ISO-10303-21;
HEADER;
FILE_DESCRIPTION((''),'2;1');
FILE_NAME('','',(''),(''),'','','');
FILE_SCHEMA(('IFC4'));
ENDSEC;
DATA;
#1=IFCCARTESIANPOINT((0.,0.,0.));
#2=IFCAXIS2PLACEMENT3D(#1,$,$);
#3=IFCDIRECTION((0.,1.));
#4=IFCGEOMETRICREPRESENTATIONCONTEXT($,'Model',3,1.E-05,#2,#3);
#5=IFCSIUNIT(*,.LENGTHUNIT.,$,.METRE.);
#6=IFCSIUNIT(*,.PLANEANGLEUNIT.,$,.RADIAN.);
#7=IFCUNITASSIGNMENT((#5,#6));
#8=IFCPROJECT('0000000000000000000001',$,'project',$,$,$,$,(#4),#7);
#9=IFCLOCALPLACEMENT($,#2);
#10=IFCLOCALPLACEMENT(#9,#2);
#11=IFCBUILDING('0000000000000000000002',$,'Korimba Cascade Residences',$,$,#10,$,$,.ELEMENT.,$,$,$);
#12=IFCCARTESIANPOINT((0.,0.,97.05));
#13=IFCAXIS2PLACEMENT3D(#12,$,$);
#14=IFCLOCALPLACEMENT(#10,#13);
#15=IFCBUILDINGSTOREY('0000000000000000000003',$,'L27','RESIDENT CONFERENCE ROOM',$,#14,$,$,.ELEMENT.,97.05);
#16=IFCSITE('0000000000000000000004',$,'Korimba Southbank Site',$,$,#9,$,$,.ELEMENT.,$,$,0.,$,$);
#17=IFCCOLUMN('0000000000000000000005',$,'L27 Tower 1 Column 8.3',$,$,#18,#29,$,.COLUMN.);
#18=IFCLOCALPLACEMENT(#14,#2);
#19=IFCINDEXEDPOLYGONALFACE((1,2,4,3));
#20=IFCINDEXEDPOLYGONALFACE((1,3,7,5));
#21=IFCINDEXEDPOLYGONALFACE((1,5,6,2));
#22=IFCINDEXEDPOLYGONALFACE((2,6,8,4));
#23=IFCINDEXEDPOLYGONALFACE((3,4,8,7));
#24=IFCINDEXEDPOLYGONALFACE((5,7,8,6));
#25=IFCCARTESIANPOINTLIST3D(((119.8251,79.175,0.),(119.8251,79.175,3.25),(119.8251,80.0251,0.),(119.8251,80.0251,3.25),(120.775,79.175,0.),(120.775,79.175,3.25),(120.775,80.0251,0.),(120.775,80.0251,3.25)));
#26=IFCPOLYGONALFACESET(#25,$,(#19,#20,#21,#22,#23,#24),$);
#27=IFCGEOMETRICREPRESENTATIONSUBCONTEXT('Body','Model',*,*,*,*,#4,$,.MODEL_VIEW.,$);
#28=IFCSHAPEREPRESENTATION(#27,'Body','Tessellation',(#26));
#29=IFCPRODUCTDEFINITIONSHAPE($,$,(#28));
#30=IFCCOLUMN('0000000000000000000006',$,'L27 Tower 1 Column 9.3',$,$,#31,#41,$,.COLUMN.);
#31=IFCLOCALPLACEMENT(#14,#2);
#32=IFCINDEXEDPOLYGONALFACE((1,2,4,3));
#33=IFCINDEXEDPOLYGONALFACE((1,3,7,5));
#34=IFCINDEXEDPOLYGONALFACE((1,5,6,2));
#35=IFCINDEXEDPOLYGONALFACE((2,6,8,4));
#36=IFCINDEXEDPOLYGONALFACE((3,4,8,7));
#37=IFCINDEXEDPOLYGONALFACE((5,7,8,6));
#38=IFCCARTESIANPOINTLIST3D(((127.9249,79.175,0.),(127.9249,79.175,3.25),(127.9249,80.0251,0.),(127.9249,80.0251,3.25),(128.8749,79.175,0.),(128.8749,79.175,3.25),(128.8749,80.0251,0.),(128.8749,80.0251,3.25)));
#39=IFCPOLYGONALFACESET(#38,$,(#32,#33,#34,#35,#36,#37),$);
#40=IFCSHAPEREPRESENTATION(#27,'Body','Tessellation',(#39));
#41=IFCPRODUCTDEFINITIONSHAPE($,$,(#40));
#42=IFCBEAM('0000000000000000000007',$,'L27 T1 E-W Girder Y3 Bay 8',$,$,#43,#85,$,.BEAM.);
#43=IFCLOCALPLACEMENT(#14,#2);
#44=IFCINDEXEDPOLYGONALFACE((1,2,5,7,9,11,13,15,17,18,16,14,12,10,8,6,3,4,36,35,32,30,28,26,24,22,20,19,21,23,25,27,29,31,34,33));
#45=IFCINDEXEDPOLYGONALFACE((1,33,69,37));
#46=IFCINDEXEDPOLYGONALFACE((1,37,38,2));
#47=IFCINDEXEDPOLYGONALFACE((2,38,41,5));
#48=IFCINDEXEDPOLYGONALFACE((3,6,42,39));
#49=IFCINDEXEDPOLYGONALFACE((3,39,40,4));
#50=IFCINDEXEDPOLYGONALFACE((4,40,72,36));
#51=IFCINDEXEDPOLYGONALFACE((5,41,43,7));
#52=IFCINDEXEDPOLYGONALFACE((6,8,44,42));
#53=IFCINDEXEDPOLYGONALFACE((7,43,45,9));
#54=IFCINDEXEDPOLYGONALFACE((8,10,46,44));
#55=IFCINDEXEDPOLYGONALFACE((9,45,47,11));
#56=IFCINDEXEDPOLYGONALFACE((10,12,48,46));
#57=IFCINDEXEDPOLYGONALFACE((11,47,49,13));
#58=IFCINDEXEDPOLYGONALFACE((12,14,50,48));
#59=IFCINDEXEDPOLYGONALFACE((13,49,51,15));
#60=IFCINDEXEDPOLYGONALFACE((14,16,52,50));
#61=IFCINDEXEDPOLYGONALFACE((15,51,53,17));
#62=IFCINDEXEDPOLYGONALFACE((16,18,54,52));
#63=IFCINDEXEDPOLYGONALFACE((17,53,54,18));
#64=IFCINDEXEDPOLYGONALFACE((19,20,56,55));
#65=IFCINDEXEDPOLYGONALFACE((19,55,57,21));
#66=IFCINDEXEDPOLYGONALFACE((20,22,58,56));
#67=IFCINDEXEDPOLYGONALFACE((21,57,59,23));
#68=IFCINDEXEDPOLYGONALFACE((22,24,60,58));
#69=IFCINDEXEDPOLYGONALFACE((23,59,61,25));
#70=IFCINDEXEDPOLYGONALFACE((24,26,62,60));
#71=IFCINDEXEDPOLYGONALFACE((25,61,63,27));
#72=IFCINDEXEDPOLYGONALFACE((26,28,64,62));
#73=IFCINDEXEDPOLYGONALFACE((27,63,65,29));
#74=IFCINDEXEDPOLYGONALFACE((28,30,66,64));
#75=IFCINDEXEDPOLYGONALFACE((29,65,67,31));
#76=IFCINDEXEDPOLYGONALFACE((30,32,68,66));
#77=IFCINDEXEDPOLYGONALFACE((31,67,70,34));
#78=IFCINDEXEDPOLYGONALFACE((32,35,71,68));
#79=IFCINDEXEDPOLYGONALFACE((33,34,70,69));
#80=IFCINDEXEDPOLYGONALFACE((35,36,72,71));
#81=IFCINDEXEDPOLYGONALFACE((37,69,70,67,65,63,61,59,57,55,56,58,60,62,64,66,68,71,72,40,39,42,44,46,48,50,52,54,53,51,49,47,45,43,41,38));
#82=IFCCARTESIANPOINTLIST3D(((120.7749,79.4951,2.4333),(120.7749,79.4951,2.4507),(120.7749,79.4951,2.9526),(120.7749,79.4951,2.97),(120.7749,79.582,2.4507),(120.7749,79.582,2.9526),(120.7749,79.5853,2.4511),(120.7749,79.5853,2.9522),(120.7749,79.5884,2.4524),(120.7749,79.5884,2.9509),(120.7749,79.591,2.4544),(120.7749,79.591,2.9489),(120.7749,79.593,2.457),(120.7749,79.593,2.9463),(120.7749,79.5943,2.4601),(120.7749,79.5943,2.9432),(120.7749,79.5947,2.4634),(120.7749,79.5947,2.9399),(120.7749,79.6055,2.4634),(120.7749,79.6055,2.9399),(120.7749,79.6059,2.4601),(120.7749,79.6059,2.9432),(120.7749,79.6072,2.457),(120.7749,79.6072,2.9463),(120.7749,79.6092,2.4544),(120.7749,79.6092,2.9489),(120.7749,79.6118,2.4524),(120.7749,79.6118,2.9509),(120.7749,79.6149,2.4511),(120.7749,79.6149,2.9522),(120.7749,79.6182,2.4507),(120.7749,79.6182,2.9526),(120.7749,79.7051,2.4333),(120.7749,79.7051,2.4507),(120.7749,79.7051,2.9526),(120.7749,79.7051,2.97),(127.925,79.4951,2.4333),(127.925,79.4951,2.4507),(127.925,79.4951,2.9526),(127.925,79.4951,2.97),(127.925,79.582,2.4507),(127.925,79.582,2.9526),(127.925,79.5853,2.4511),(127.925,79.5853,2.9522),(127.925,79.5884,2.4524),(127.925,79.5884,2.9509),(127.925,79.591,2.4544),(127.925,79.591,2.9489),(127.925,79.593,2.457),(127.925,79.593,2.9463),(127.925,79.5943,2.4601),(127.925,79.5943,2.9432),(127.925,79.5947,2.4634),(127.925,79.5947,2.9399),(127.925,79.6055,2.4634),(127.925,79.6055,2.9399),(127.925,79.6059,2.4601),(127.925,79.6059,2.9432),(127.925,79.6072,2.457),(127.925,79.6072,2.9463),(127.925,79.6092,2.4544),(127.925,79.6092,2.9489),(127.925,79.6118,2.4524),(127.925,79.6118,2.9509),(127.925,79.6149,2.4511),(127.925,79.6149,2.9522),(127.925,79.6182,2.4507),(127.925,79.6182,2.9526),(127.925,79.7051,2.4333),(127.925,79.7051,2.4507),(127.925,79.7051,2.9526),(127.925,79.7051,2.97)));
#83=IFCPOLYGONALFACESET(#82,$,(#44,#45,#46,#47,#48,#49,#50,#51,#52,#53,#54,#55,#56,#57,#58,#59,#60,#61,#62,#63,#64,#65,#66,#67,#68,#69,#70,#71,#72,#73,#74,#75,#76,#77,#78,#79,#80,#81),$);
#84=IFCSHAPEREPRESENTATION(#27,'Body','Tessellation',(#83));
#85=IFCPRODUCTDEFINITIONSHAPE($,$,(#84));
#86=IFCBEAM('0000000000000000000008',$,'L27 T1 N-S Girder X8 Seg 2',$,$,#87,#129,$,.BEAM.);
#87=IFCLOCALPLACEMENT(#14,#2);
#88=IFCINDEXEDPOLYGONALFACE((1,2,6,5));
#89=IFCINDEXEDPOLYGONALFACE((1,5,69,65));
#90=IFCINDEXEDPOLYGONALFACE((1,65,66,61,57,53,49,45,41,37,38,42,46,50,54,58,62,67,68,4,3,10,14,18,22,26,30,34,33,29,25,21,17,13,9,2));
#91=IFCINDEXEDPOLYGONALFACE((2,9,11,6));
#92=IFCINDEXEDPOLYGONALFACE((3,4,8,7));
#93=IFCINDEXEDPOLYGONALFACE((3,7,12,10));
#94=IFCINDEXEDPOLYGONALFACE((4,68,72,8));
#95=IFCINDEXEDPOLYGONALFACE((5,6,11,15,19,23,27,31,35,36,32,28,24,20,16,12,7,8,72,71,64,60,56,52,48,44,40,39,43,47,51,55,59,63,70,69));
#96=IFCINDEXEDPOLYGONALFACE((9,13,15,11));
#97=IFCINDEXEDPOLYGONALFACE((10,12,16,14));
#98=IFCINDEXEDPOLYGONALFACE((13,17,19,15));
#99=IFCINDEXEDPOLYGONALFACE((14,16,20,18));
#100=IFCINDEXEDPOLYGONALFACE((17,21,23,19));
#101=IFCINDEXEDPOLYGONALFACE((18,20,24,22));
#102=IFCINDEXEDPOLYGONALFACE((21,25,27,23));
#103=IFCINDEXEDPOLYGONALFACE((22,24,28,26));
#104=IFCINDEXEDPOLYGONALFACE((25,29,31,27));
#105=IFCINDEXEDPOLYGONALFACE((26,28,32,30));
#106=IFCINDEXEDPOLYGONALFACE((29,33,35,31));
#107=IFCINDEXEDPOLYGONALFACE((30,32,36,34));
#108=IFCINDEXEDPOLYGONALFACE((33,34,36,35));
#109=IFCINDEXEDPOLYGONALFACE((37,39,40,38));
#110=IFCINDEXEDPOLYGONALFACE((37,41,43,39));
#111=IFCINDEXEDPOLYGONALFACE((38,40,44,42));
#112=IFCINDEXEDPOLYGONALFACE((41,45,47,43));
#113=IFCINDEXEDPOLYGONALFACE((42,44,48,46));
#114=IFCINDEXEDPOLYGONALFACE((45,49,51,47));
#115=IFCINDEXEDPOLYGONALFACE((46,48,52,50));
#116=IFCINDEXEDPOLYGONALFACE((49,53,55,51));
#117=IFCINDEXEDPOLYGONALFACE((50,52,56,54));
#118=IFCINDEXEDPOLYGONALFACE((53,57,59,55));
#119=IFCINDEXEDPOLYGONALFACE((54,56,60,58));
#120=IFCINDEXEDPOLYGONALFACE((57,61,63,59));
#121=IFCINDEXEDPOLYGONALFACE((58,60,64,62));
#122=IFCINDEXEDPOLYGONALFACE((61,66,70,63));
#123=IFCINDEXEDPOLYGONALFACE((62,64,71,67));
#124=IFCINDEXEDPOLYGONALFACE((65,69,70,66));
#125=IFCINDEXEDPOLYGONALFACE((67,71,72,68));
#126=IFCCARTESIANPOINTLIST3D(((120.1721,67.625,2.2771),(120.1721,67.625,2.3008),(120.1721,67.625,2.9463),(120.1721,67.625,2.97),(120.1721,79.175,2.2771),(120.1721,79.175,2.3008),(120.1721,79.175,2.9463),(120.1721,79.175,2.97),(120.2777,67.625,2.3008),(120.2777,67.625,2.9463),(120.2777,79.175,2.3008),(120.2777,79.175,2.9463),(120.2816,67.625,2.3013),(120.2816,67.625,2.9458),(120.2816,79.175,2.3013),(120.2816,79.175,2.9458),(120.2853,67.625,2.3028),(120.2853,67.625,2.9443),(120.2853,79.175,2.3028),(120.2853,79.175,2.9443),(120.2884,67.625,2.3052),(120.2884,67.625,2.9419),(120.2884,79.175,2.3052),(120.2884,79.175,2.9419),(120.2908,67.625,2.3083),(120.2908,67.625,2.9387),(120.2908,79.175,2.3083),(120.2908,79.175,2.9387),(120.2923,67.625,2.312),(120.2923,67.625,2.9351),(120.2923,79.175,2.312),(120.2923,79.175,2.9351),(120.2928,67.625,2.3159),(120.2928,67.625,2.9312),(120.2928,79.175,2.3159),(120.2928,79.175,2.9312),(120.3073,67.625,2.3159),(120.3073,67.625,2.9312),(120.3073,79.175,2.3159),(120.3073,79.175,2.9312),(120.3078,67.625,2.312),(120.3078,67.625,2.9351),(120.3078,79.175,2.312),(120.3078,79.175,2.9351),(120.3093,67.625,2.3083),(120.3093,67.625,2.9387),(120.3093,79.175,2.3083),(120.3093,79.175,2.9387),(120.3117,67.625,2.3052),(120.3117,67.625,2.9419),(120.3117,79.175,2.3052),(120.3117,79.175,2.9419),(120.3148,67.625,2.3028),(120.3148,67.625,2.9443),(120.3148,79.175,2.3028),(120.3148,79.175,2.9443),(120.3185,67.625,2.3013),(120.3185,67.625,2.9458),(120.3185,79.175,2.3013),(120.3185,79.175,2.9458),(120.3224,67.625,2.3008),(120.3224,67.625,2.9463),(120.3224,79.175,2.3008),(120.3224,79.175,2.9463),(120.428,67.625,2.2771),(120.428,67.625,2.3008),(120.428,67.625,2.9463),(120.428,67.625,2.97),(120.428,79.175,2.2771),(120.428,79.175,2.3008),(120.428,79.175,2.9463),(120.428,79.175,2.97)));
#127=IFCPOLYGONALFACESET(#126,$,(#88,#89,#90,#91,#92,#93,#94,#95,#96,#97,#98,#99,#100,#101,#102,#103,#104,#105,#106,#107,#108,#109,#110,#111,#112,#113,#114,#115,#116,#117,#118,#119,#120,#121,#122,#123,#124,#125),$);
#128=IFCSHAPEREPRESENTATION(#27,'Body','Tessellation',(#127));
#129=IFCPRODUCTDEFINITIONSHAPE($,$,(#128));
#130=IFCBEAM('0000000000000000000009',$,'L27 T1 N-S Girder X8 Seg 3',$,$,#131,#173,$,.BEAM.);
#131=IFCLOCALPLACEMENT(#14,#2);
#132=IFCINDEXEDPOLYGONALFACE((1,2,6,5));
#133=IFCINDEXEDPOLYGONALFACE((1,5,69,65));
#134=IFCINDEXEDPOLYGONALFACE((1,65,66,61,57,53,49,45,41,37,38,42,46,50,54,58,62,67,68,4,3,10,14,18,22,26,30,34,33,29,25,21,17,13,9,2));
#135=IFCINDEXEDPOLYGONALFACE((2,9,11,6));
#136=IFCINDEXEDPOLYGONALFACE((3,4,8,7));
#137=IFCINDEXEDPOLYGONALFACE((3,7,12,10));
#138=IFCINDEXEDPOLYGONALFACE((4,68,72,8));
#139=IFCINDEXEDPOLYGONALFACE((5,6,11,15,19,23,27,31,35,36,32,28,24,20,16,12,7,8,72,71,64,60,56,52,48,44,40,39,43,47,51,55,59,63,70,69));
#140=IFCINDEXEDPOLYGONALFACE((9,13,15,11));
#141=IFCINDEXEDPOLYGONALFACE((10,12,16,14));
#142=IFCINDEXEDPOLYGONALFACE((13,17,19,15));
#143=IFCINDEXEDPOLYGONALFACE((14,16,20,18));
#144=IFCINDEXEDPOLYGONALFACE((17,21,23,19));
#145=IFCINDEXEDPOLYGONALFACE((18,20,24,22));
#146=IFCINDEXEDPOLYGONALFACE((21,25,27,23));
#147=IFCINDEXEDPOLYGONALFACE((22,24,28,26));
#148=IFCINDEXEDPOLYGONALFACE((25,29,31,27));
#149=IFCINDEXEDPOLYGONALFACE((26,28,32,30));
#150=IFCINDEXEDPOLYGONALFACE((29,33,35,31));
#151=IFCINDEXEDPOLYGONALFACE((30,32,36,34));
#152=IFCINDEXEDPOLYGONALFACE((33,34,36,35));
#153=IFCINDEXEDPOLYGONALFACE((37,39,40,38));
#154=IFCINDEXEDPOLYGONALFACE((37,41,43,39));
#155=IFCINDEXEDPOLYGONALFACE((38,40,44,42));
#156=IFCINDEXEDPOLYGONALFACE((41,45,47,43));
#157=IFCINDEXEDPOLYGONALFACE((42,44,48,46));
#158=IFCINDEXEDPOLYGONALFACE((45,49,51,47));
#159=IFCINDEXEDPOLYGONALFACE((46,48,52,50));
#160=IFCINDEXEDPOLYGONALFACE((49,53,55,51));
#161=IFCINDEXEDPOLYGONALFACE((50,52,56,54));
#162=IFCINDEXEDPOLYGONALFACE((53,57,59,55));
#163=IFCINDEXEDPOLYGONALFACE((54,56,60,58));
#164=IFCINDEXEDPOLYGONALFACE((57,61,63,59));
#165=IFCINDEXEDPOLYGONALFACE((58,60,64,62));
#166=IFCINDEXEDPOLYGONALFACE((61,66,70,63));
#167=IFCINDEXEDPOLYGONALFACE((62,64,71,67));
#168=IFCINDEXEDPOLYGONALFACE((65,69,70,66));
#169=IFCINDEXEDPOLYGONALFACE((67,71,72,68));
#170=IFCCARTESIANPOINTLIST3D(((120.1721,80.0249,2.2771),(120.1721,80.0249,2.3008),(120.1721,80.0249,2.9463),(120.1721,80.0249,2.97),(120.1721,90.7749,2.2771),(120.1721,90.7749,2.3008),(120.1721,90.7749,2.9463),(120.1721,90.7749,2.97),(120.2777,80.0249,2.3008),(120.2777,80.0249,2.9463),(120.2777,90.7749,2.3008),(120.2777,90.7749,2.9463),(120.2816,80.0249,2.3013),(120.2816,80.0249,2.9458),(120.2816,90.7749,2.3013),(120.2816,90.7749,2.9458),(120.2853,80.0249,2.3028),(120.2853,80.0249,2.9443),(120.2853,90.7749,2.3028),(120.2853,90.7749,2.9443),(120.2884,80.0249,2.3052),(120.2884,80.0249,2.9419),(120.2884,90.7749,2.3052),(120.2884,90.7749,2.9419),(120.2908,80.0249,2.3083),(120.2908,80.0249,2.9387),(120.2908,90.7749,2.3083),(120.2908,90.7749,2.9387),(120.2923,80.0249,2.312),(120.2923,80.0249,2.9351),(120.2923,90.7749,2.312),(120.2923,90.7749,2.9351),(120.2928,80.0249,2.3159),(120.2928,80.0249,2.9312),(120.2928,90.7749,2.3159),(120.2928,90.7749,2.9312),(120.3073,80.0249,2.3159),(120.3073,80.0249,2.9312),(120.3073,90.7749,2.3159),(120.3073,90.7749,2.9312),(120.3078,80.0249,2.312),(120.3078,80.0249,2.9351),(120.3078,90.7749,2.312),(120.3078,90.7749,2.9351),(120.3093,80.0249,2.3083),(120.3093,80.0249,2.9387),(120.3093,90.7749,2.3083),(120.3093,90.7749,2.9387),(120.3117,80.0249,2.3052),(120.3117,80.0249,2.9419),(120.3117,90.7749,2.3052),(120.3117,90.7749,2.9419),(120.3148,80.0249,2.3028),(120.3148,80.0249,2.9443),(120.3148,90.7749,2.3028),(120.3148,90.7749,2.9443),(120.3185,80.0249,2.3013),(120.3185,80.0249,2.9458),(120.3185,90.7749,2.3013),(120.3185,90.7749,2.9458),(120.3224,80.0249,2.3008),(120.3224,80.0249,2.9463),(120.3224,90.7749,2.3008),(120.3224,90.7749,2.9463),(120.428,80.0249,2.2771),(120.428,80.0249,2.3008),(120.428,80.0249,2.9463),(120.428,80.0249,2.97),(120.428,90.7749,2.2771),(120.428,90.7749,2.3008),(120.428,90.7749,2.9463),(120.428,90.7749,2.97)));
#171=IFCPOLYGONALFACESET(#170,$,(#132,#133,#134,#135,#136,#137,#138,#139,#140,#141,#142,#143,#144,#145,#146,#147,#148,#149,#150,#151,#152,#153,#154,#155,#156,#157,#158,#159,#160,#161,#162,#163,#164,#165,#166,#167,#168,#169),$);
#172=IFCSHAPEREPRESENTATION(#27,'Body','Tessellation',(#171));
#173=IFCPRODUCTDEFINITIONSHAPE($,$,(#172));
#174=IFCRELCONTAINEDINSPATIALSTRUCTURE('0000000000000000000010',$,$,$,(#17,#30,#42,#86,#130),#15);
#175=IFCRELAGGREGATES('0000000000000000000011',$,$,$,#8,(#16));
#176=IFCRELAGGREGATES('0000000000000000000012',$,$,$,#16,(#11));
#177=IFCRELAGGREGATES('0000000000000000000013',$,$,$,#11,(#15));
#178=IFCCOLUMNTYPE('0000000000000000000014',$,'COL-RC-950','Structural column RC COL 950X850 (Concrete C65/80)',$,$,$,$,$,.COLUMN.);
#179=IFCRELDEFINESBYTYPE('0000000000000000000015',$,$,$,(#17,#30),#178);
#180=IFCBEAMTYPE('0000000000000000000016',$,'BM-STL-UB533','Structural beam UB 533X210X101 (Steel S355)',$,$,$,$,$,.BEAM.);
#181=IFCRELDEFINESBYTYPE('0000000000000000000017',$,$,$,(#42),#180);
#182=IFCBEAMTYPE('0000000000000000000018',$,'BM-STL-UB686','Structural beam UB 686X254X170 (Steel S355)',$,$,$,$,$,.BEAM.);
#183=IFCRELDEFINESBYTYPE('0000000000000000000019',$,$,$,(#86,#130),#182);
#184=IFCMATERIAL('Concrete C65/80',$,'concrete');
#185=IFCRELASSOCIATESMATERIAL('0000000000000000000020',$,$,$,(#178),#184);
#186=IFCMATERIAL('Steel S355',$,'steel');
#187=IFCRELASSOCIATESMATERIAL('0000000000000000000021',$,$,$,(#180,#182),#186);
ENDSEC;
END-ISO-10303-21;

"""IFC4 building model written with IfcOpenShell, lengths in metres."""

from ifc_helpers import new_model, si_unit, direction, frame, origin, origin_2d, place, context, subcontext, project, spatial, rectangle, i_section, extrude, material, material_profile, profile_set, type_object, element, save


model = new_model("IFC4")

# Units and contexts
model_context = context("Model", 3, precision=1e-05, world=origin(), true_north=direction((0.0, 1.0)))
body_context = subcontext(model_context, "Body", "Model", "MODEL_VIEW")
ifc_project = project(units=[si_unit("LENGTHUNIT", "METRE"), si_unit("PLANEANGLEUNIT", "RADIAN")], contexts=[model_context])

# Site, building, storey
site_placement = place(None, origin())
site = spatial("IfcSite", under=ifc_project, at=site_placement, Name="Korimba Southbank Site", CompositionType="ELEMENT", RefElevation=0.0)
building_placement = place(site_placement, origin())
building = spatial("IfcBuilding", under=site, at=building_placement, Name="Korimba Cascade Residences", CompositionType="ELEMENT")
storey_placement = place(building_placement, frame((0.0, 0.0, 97.05)))
storey = spatial("IfcBuildingStorey", under=building, at=storey_placement, Name="L27", Description="RESIDENT CONFERENCE ROOM", CompositionType="ELEMENT", Elevation=97.05)

# Columns
ifc_material_1 = material(Name="Concrete C65/80", Category="concrete")
ifc_material_profile_1 = material_profile(ifc_material_1, rectangle(XDim=0.95, YDim=0.8501, at=origin_2d()), Name="Concrete C65/80")
ifc_profile_set_1 = profile_set([ifc_material_profile_1], Name="Concrete C65/80")
column_type = type_object("IfcColumnType", Name="COL-RC-950", Description="Structural column RC COL 950X850 (Concrete C65/80)", PredefinedType="COLUMN", material=ifc_profile_set_1)
for number, where, z_axis, x_axis, name in (
    (1, (120.3, 79.6001, 0.0), (0.0, 0.0, 1.0), (1.0, 0.0, 0.0), "L27 Tower 1 Column 8.3"),
    (2, (128.3999, 79.6001, 0.0), (0.0, 0.0, 1.0), (1.0, 0.0, 0.0), "L27 Tower 1 Column 9.3"),
):
    element("IfcColumn", number, at=place(storey_placement, frame(where, z_axis=z_axis, x_axis=x_axis)), inside=storey, type_object=column_type, Name=name, PredefinedType="COLUMN", context=body_context, shape_type="SweptSolid", body=[
        extrude(rectangle(XDim=0.95, YDim=0.8501, at=origin_2d()), origin(), (0.0, 0.0, 1.0), 3.25),
    ])

# Beams
ifc_material_2 = material(Name="Steel S355", Category="steel")
ifc_material_profile_2 = material_profile(ifc_material_2, i_section(OverallWidth=0.21, OverallDepth=0.5366, WebThickness=0.0107, FlangeThickness=0.0173, FilletRadius=0.0127, at=origin_2d()), Name="Steel S355")
ifc_profile_set_2 = profile_set([ifc_material_profile_2], Name="Steel S355")
beam_type_1 = type_object("IfcBeamType", Name="BM-STL-UB533", Description="Structural beam UB 533X210X101 (Steel S355)", PredefinedType="BEAM", material=ifc_profile_set_2)
beam_1_placement = place(storey_placement, frame((120.7749, 79.6001, 2.7017), z_axis=(1.0, 0.0, 0.0), x_axis=(0.0, 1.0, 0.0)))
element("IfcBeam", 3, at=beam_1_placement, inside=storey, type_object=beam_type_1, Name="L27 T1 E-W Girder Y3 Bay 8", PredefinedType="BEAM", context=body_context, shape_type="SweptSolid", body=[
    extrude(i_section(OverallWidth=0.21, OverallDepth=0.5366, WebThickness=0.0107, FlangeThickness=0.0173, FilletRadius=0.0127, at=origin_2d()), origin(), (0.0, 0.0, 1.0), 7.1501),
])
ifc_material_profile_3 = material_profile(ifc_material_2, i_section(OverallWidth=0.2559, OverallDepth=0.6929, WebThickness=0.0144, FlangeThickness=0.0237, FilletRadius=0.0151, at=origin_2d()), Name="Steel S355")
ifc_profile_set_3 = profile_set([ifc_material_profile_3], Name="Steel S355")
beam_type_2 = type_object("IfcBeamType", Name="BM-STL-UB686", Description="Structural beam UB 686X254X170 (Steel S355)", PredefinedType="BEAM", material=ifc_profile_set_3)
beam_2_placement = place(storey_placement, frame((120.3, 67.625, 2.6235), z_axis=(0.0, 1.0, 0.0), x_axis=(-1.0, 0.0, 0.0)))
element("IfcBeam", 4, at=beam_2_placement, inside=storey, type_object=beam_type_2, Name="L27 T1 N-S Girder X8 Seg 2", PredefinedType="BEAM", context=body_context, shape_type="SweptSolid", body=[
    extrude(i_section(OverallWidth=0.2559, OverallDepth=0.6929, WebThickness=0.0144, FlangeThickness=0.0237, FilletRadius=0.0151, at=origin_2d()), origin(), (0.0, 0.0, 1.0), 11.55),
])
beam_3_placement = place(storey_placement, frame((120.3, 80.0249, 2.6235), z_axis=(0.0, 1.0, 0.0), x_axis=(-1.0, 0.0, 0.0)))
element("IfcBeam", 5, at=beam_3_placement, inside=storey, type_object=beam_type_2, Name="L27 T1 N-S Girder X8 Seg 3", PredefinedType="BEAM", context=body_context, shape_type="SweptSolid", body=[
    extrude(i_section(OverallWidth=0.2559, OverallDepth=0.6929, WebThickness=0.0144, FlangeThickness=0.0237, FilletRadius=0.0151, at=origin_2d()), origin(), (0.0, 0.0, 1.0), 10.75),
])

save(model, "model.ifc")
